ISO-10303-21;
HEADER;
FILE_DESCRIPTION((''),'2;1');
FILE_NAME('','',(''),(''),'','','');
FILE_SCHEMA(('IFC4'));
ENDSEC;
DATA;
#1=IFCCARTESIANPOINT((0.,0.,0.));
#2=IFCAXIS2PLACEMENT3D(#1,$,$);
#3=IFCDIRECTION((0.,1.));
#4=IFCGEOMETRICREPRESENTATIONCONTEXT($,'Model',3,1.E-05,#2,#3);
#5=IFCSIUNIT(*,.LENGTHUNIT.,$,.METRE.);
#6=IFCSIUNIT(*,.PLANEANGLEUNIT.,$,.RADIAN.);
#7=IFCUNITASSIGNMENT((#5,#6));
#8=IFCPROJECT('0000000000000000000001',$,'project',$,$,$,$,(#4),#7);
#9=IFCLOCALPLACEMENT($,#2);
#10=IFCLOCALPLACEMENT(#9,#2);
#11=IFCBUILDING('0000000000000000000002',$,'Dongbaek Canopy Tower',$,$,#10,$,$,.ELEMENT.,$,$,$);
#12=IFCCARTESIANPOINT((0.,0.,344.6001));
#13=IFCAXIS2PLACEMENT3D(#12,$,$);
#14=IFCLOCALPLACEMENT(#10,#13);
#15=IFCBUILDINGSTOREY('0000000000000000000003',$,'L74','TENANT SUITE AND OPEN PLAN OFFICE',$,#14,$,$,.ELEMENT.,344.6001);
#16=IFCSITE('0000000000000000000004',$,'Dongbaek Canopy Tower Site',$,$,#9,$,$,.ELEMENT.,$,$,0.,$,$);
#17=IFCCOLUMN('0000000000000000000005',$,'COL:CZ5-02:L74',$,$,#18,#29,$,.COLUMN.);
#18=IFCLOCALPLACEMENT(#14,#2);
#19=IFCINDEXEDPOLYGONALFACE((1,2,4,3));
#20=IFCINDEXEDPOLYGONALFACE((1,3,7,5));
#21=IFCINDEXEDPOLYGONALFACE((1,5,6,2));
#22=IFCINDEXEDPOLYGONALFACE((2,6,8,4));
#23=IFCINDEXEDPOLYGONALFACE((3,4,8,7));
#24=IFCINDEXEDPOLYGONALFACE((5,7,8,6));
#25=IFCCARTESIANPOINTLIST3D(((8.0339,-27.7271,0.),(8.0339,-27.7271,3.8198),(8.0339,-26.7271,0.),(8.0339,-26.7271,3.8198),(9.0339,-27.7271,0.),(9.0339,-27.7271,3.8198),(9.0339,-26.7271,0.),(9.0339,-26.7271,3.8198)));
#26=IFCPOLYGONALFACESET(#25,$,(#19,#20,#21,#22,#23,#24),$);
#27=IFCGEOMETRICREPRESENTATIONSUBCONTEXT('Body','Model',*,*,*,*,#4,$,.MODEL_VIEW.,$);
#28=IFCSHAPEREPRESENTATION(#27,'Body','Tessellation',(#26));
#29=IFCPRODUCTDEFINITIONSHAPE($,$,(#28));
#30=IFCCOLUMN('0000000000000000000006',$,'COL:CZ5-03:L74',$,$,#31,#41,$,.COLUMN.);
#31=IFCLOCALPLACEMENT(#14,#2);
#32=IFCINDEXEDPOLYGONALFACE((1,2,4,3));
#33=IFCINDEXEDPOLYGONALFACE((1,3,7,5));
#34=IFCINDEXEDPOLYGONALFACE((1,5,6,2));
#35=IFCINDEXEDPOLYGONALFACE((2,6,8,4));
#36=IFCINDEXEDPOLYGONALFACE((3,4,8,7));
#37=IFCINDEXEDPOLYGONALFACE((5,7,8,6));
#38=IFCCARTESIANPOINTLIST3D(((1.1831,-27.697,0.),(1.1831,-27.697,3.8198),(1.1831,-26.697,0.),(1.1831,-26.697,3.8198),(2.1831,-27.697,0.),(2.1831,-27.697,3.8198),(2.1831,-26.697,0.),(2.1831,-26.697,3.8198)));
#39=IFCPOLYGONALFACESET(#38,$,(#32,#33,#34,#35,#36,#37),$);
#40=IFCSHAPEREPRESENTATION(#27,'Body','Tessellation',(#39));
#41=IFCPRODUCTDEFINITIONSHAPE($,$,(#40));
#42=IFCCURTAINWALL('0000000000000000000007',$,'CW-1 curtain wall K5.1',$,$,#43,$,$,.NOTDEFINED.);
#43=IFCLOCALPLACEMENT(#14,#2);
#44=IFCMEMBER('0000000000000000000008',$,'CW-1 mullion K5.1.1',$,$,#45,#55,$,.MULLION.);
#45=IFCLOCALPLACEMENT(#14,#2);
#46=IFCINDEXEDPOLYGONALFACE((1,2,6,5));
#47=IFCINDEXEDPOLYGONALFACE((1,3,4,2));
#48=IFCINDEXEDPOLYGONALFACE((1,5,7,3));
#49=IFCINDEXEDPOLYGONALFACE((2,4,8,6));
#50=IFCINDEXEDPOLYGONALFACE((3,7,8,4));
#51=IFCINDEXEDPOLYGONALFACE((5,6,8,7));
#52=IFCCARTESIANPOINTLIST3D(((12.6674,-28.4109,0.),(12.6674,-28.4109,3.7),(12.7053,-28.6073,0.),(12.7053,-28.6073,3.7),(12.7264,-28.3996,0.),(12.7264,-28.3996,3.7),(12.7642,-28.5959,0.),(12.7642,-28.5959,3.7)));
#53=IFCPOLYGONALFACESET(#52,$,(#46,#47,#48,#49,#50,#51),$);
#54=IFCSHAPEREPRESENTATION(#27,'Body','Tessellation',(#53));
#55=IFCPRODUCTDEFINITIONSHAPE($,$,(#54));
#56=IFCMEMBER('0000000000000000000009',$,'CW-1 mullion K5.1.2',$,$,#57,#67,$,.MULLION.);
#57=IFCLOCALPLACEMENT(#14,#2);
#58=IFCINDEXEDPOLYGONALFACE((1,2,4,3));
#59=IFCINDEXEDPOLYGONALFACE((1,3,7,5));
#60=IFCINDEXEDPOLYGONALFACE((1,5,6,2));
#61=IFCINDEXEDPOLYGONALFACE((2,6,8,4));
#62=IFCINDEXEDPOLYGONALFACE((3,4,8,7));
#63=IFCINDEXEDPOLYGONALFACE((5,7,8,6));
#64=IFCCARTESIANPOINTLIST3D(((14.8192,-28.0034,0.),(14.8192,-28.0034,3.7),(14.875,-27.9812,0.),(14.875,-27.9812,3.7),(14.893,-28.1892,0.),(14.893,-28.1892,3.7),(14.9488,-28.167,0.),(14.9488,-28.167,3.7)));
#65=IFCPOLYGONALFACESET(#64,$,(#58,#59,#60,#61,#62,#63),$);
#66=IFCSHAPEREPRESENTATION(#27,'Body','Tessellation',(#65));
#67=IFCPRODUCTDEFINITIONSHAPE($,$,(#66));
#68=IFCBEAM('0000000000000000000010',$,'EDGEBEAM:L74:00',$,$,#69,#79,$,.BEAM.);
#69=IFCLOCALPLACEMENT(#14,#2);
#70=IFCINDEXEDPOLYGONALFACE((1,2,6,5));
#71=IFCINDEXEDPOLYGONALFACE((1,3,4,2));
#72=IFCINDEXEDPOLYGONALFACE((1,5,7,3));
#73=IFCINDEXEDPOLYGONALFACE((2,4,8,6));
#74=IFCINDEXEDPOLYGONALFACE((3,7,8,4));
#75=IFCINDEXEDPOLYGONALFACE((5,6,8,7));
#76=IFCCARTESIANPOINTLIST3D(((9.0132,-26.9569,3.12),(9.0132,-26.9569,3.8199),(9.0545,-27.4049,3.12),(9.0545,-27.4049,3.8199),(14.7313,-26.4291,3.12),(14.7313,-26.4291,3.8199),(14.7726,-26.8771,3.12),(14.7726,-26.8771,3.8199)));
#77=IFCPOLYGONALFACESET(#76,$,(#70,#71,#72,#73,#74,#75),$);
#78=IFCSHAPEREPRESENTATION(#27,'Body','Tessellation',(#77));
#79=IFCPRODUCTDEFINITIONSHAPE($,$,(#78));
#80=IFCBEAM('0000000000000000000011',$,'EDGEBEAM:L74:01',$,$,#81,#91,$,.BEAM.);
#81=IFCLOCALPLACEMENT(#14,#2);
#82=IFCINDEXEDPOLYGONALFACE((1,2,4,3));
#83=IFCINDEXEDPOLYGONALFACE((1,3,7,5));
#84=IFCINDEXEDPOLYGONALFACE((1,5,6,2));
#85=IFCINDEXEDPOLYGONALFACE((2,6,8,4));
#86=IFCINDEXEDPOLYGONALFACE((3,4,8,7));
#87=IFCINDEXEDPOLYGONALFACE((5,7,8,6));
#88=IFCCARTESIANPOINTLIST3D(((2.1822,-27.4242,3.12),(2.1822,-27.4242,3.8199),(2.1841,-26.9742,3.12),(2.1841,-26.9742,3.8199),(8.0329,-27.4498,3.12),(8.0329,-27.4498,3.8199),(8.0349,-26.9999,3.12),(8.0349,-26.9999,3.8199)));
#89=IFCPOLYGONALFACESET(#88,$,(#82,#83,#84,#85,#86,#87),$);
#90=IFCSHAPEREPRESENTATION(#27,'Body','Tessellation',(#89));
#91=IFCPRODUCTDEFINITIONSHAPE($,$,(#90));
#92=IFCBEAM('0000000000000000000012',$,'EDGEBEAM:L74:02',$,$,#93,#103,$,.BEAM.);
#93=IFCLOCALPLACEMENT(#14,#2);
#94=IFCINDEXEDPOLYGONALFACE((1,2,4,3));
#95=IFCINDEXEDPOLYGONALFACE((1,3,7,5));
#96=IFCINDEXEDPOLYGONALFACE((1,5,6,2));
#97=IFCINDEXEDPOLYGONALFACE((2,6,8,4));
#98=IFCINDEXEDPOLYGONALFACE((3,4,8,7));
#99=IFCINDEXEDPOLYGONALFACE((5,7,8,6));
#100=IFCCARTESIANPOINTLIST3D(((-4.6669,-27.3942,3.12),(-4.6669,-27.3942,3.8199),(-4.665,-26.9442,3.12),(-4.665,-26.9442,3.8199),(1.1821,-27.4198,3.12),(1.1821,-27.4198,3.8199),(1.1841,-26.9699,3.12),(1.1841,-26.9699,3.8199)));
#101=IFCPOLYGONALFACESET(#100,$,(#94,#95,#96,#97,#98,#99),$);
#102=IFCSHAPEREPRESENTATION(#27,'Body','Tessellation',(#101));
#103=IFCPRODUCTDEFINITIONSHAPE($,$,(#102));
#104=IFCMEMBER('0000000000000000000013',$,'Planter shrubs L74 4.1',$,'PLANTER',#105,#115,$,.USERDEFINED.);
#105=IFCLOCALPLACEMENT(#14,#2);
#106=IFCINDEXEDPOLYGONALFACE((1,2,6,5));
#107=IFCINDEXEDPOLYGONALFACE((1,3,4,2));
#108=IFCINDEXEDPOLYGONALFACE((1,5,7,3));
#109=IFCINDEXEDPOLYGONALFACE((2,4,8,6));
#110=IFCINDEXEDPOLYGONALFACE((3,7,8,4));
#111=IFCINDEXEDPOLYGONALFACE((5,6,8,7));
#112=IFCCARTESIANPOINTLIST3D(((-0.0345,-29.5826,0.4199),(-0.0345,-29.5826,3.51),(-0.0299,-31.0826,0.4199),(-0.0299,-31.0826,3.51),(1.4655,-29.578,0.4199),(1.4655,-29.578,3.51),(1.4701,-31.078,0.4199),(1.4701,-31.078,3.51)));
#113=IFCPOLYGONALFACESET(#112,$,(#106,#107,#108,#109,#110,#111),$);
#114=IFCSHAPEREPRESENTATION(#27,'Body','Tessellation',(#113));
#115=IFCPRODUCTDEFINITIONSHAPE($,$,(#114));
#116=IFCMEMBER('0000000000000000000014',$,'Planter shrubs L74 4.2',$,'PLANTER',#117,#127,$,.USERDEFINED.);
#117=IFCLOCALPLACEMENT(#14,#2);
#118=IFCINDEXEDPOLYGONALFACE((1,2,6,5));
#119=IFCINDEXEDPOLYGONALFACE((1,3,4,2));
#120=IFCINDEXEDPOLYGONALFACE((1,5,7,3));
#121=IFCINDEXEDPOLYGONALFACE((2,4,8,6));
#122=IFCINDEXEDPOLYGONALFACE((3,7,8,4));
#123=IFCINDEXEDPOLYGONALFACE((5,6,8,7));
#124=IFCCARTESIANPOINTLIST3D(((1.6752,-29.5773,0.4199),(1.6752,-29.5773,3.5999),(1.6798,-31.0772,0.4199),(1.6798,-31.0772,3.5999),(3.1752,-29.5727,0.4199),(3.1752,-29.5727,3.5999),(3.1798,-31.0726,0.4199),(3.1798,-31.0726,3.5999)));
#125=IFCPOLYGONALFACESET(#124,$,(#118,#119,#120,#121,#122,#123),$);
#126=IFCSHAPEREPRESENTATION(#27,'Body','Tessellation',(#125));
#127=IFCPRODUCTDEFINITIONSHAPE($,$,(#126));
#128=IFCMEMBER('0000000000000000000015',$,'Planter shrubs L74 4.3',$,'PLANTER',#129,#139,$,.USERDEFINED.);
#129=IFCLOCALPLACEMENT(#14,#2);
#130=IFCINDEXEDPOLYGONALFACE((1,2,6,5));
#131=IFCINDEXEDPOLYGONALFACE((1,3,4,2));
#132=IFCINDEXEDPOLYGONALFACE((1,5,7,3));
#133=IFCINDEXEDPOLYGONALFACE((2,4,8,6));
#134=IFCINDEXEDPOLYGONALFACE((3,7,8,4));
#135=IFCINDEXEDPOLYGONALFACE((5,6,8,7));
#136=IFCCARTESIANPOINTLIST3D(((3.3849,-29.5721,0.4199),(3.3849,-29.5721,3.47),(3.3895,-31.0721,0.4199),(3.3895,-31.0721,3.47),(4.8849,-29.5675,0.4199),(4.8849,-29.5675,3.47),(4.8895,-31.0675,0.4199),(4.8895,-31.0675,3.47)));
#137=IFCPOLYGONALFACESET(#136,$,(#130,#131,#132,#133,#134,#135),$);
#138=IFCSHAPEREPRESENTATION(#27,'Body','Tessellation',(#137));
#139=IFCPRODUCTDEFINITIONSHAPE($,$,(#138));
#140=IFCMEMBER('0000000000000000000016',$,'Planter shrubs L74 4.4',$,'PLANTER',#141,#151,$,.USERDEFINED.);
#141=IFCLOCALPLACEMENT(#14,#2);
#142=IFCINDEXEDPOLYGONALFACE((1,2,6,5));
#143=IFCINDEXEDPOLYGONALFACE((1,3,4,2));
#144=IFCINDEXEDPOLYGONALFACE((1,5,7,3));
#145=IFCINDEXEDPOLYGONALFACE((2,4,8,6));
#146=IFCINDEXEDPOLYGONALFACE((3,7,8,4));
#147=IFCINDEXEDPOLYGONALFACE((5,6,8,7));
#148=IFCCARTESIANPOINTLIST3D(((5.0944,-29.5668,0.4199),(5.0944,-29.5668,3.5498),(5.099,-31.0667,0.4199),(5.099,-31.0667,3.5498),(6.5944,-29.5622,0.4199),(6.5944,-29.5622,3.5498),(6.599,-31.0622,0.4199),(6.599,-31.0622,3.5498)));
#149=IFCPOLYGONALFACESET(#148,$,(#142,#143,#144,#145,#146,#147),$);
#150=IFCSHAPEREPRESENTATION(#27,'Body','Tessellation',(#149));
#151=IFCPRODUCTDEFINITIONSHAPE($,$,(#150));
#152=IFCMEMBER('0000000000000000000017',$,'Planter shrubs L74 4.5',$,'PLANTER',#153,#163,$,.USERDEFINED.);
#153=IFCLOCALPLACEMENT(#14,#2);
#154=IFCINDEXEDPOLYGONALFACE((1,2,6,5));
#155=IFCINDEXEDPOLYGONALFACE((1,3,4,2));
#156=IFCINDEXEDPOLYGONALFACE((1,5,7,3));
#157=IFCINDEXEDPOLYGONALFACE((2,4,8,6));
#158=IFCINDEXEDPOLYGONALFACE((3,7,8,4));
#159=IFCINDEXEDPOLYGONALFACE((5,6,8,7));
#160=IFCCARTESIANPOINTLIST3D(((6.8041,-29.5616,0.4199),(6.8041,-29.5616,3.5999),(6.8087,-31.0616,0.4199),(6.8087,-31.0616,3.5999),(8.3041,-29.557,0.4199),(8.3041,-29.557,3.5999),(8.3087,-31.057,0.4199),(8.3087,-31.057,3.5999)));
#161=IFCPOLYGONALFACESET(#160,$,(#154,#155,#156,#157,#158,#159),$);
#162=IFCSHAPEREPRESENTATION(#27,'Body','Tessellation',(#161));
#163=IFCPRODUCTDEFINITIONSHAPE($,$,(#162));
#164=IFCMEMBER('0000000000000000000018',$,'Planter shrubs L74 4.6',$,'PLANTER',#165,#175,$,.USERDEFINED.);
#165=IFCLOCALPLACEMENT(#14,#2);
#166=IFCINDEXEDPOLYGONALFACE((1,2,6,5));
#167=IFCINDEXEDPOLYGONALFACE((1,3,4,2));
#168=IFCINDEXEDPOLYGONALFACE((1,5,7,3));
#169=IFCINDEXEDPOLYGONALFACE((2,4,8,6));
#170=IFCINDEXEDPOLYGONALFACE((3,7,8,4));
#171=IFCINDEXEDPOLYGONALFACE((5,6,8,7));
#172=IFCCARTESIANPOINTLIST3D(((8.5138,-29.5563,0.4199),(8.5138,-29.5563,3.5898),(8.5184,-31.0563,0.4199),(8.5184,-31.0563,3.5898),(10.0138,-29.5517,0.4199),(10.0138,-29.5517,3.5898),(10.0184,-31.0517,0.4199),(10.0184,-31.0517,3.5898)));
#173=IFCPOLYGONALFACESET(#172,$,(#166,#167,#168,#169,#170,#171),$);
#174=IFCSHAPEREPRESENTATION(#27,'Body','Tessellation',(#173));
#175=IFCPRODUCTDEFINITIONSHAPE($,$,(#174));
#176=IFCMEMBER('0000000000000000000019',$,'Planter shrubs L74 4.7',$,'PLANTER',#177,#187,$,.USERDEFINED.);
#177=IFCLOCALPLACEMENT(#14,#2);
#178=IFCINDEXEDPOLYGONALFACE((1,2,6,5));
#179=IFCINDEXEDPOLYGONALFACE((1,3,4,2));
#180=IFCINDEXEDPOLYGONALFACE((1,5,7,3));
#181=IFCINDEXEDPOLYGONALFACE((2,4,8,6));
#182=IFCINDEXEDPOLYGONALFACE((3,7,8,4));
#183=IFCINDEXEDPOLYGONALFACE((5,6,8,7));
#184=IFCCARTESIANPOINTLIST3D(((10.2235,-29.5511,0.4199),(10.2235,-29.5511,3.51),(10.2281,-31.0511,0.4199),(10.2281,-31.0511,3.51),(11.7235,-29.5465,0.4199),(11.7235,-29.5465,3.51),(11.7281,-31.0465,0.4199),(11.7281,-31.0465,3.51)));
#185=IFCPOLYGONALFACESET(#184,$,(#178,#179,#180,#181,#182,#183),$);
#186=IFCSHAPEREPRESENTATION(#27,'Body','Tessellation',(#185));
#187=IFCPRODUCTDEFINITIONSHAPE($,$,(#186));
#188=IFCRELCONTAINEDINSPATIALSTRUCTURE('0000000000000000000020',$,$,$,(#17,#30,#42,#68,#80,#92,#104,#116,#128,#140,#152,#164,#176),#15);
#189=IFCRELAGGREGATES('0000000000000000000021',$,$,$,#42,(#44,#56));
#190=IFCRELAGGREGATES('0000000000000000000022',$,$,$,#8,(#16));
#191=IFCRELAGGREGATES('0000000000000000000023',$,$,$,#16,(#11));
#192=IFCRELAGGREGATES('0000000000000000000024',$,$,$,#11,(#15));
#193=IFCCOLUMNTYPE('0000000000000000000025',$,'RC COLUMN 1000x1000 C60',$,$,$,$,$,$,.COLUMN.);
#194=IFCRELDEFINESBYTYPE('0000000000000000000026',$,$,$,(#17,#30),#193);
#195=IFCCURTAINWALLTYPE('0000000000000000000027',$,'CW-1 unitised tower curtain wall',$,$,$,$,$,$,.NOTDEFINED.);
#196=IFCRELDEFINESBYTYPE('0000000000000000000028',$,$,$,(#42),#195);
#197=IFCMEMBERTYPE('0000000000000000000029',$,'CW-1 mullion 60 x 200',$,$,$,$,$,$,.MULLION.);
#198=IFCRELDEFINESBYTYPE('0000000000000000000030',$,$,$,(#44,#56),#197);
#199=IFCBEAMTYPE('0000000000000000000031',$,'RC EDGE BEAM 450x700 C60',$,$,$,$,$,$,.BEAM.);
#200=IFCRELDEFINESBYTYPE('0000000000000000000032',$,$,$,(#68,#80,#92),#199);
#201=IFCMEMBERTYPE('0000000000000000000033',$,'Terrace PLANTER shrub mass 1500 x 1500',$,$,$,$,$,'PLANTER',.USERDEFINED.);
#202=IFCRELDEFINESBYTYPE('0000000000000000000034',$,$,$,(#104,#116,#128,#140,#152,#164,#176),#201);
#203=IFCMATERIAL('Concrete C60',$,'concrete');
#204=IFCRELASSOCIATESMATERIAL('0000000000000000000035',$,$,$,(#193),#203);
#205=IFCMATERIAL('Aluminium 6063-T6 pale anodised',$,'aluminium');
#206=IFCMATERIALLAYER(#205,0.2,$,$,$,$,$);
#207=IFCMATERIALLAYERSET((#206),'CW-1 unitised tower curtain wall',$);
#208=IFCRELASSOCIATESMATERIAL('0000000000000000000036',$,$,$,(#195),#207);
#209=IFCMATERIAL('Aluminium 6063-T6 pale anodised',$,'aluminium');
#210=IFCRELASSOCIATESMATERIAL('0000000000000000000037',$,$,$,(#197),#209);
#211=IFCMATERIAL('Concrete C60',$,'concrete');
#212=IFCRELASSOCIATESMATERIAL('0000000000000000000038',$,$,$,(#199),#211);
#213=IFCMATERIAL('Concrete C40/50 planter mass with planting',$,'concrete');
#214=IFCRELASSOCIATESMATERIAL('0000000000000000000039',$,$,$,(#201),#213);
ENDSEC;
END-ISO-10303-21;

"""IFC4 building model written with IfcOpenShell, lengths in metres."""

from ifc_helpers import new_model, si_unit, direction, frame, origin, origin_2d, place, context, subcontext, project, spatial, rectangle, extrude, material, layer, layer_set, material_profile, profile_set, type_object, element, aggregate, save


model = new_model("IFC4")

# Units and contexts
model_context = context("Model", 3, precision=1e-05, world=origin(), true_north=direction((0.0, 1.0)))
body_context = subcontext(model_context, "Body", "Model", "MODEL_VIEW")
ifc_project = project(units=[si_unit("LENGTHUNIT", "METRE"), si_unit("PLANEANGLEUNIT", "RADIAN")], contexts=[model_context])

# Site, building, storey
site_placement = place(None, origin())
site = spatial("IfcSite", under=ifc_project, at=site_placement, Name="Dongbaek Canopy Tower Site", CompositionType="ELEMENT", RefElevation=0.0)
building_placement = place(site_placement, origin())
building = spatial("IfcBuilding", under=site, at=building_placement, Name="Dongbaek Canopy Tower", CompositionType="ELEMENT")
storey_placement = place(building_placement, frame((0.0, 0.0, 344.6001)))
storey = spatial("IfcBuildingStorey", under=building, at=storey_placement, Name="L74", Description="TENANT SUITE AND OPEN PLAN OFFICE", CompositionType="ELEMENT", Elevation=344.6001)

# Columns
ifc_material_1 = material(Name="Concrete C60", Category="concrete")
ifc_material_profile_1 = material_profile(ifc_material_1, rectangle(XDim=1.0, YDim=1.0, at=origin_2d()), Name="RC COLUMN 1000x1000 C60")
ifc_profile_set_1 = profile_set([ifc_material_profile_1], Name="Concrete C60")
column_type = type_object("IfcColumnType", Name="RC COLUMN 1000x1000 C60", PredefinedType="COLUMN", material=ifc_profile_set_1)
for number, where, z_axis, x_axis, name in (
    (1, (8.5339, -27.2271, 0.0), (0.0, 0.0, 1.0), (1.0, 0.0, 0.0), "COL:CZ5-02:L74"),
    (2, (1.6831, -27.197, 0.0), (0.0, 0.0, 1.0), (1.0, 0.0, 0.0), "COL:CZ5-03:L74"),
):
    element("IfcColumn", number, at=place(storey_placement, frame(where, z_axis=z_axis, x_axis=x_axis)), inside=storey, type_object=column_type, Name=name, PredefinedType="COLUMN", context=body_context, shape_type="SweptSolid", body=[
        extrude(rectangle(XDim=1.0, YDim=1.0, at=origin_2d()), origin(), (0.0, 0.0, 1.0), 3.8198),
    ])

# Curtain wall, members
ifc_material_2 = material(Name="Aluminium 6063-T6 pale anodised", Category="aluminium")
ifc_layer_1 = layer(ifc_material_2, 0.2)
ifc_layer_set_1 = layer_set([ifc_layer_1], Name="CW-1 unitised tower curtain wall")
curtain_wall_type = type_object("IfcCurtainWallType", Name="CW-1 unitised tower curtain wall", PredefinedType="NOTDEFINED", material=ifc_layer_set_1)
curtain_wall_placement = place(storey_placement, origin())
curtain_wall = element("IfcCurtainWall", 3, at=curtain_wall_placement, inside=storey, type_object=curtain_wall_type, Name="CW-1 curtain wall K5.1", PredefinedType="NOTDEFINED")
ifc_material_3 = material(Name="Aluminium 6063-T6 pale anodised", Category="aluminium")
ifc_material_profile_2 = material_profile(ifc_material_3, rectangle(XDim=0.2, YDim=0.0601, at=origin_2d()), Name="CW-1 mullion 60 x 200")
ifc_profile_set_2 = profile_set([ifc_material_profile_2], Name="Aluminium 6063-T6 pale anodised")
member_type_1 = type_object("IfcMemberType", Name="CW-1 mullion 60 x 200", PredefinedType="MULLION", material=ifc_profile_set_2)
member_1_placement = place(storey_placement, frame((12.7158, -28.5034, 0.0), z_axis=(0.0, 0.0, 1.0), x_axis=(0.189394, -0.981901, 0.0)))
member_1 = element("IfcMember", 4, at=member_1_placement, type_object=member_type_1, Name="CW-1 mullion K5.1.1", PredefinedType="MULLION", context=body_context, shape_type="SweptSolid", body=[
    extrude(rectangle(XDim=0.2, YDim=0.0601, at=origin_2d()), origin(), (0.0, 0.0, 1.0), 3.7),
])
member_2_placement = place(storey_placement, frame((14.884, -28.0852, 0.0), z_axis=(0.0, 0.0, 1.0), x_axis=(0.369084, -0.929396, 0.0)))
member_2 = element("IfcMember", 5, at=member_2_placement, type_object=member_type_1, Name="CW-1 mullion K5.1.2", PredefinedType="MULLION", context=body_context, shape_type="SweptSolid", body=[
    extrude(rectangle(XDim=0.2, YDim=0.0601, at=origin_2d()), origin(), (0.0, 0.0, 1.0), 3.7),
])

# Beams
ifc_material_4 = material(Name="Concrete C60", Category="concrete")
ifc_material_profile_3 = material_profile(ifc_material_4, rectangle(XDim=0.45, YDim=0.7, at=origin_2d()), Name="RC EDGE BEAM 450x700 C60")
ifc_profile_set_3 = profile_set([ifc_material_profile_3], Name="Concrete C60")
beam_type = type_object("IfcBeamType", Name="RC EDGE BEAM 450x700 C60", PredefinedType="BEAM", material=ifc_profile_set_3)
beam_1_placement = place(storey_placement, frame((14.752, -26.6531, 3.47), z_axis=(-0.995766, -0.09192, 0.0), x_axis=(0.09192, -0.995766, 0.0)))
element("IfcBeam", 6, at=beam_1_placement, inside=storey, type_object=beam_type, Name="EDGEBEAM:L74:00", PredefinedType="BEAM", context=body_context, shape_type="SweptSolid", body=[
    extrude(rectangle(XDim=0.45, YDim=0.7, at=origin_2d()), origin(), (0.0, 0.0, 1.0), 5.7424),
])
beam_2_placement = place(storey_placement, frame((8.0339, -27.2249, 3.47), z_axis=(-0.99999, 0.004381, 0.0), x_axis=(-0.004381, -0.99999, 0.0)))
element("IfcBeam", 7, at=beam_2_placement, inside=storey, type_object=beam_type, Name="EDGEBEAM:L74:01", PredefinedType="BEAM", context=body_context, shape_type="SweptSolid", body=[
    extrude(rectangle(XDim=0.45, YDim=0.7, at=origin_2d()), origin(), (0.0, 0.0, 1.0), 5.8508),
])
beam_3_placement = place(storey_placement, frame((1.1831, -27.1948, 3.47), z_axis=(-0.99999, 0.004383, 0.0), x_axis=(-0.004383, -0.99999, 0.0)))
element("IfcBeam", 8, at=beam_3_placement, inside=storey, type_object=beam_type, Name="EDGEBEAM:L74:02", PredefinedType="BEAM", context=body_context, shape_type="SweptSolid", body=[
    extrude(rectangle(XDim=0.45, YDim=0.7, at=origin_2d()), origin(), (0.0, 0.0, 1.0), 5.8491),
])

# Members
ifc_material_5 = material(Name="Concrete C40/50 planter mass with planting", Category="concrete")
ifc_material_profile_4 = material_profile(ifc_material_5, rectangle(XDim=1.5, YDim=1.5, at=origin_2d()), Name="Terrace PLANTER shrub mass 1500 x 1500")
ifc_profile_set_4 = profile_set([ifc_material_profile_4], Name="Concrete C40/50 planter mass with planting")
member_type_2 = type_object("IfcMemberType", Name="Terrace PLANTER shrub mass 1500 x 1500", ElementType="PLANTER", PredefinedType="USERDEFINED", material=ifc_profile_set_4)
member_3_placement = place(storey_placement, frame((0.7178, -30.3303, 0.4199), z_axis=(0.0, 0.0, 1.0), x_axis=(0.003066, -0.999995, 0.0)))
element("IfcMember", 9, at=member_3_placement, inside=storey, type_object=member_type_2, Name="Planter shrubs L74 4.1", ObjectType="PLANTER", PredefinedType="USERDEFINED", context=body_context, shape_type="SweptSolid", body=[
    extrude(rectangle(XDim=1.5, YDim=1.5, at=origin_2d()), origin(), (0.0, 0.0, 1.0), 3.0901),
])
member_4_placement = place(storey_placement, frame((2.4275, -30.325, 0.4199), z_axis=(0.0, 0.0, 1.0), x_axis=(0.003066, -0.999995, 0.0)))
element("IfcMember", 10, at=member_4_placement, inside=storey, type_object=member_type_2, Name="Planter shrubs L74 4.2", ObjectType="PLANTER", PredefinedType="USERDEFINED", context=body_context, shape_type="SweptSolid", body=[
    extrude(rectangle(XDim=1.5, YDim=1.5, at=origin_2d()), origin(), (0.0, 0.0, 1.0), 3.1799),
])
member_5_placement = place(storey_placement, frame((4.1372, -30.3198, 0.4199), z_axis=(0.0, 0.0, 1.0), x_axis=(0.003066, -0.999995, 0.0)))
element("IfcMember", 11, at=member_5_placement, inside=storey, type_object=member_type_2, Name="Planter shrubs L74 4.3", ObjectType="PLANTER", PredefinedType="USERDEFINED", context=body_context, shape_type="SweptSolid", body=[
    extrude(rectangle(XDim=1.5, YDim=1.5, at=origin_2d()), origin(), (0.0, 0.0, 1.0), 3.05),
])
member_6_placement = place(storey_placement, frame((5.8467, -30.3145, 0.4199), z_axis=(0.0, 0.0, 1.0), x_axis=(0.003066, -0.999995, 0.0)))
element("IfcMember", 12, at=member_6_placement, inside=storey, type_object=member_type_2, Name="Planter shrubs L74 4.4", ObjectType="PLANTER", PredefinedType="USERDEFINED", context=body_context, shape_type="SweptSolid", body=[
    extrude(rectangle(XDim=1.5, YDim=1.5, at=origin_2d()), origin(), (0.0, 0.0, 1.0), 3.1299),
])
member_7_placement = place(storey_placement, frame((7.5564, -30.3093, 0.4199), z_axis=(0.0, 0.0, 1.0), x_axis=(0.003066, -0.999995, 0.0)))
element("IfcMember", 13, at=member_7_placement, inside=storey, type_object=member_type_2, Name="Planter shrubs L74 4.5", ObjectType="PLANTER", PredefinedType="USERDEFINED", context=body_context, shape_type="SweptSolid", body=[
    extrude(rectangle(XDim=1.5, YDim=1.5, at=origin_2d()), origin(), (0.0, 0.0, 1.0), 3.1799),
])
member_8_placement = place(storey_placement, frame((9.2661, -30.304, 0.4199), z_axis=(0.0, 0.0, 1.0), x_axis=(0.003066, -0.999995, 0.0)))
element("IfcMember", 14, at=member_8_placement, inside=storey, type_object=member_type_2, Name="Planter shrubs L74 4.6", ObjectType="PLANTER", PredefinedType="USERDEFINED", context=body_context, shape_type="SweptSolid", body=[
    extrude(rectangle(XDim=1.5, YDim=1.5, at=origin_2d()), origin(), (0.0, 0.0, 1.0), 3.1699),
])
for number, where, z_axis, x_axis, name in (
    (15, (10.9758, -30.2988, 0.4199), (0.0, 0.0, 1.0), (0.003066, -0.999995, 0.0), "Planter shrubs L74 4.7"),
):
    element("IfcMember", number, at=place(storey_placement, frame(where, z_axis=z_axis, x_axis=x_axis)), inside=storey, type_object=member_type_2, Name=name, ObjectType="PLANTER", PredefinedType="USERDEFINED", context=body_context, shape_type="SweptSolid", body=[
        extrude(rectangle(XDim=1.5, YDim=1.5, at=origin_2d()), origin(), (0.0, 0.0, 1.0), 3.0901),
    ])

aggregate(curtain_wall, [member_1, member_2])

save(model, "model.ifc")
